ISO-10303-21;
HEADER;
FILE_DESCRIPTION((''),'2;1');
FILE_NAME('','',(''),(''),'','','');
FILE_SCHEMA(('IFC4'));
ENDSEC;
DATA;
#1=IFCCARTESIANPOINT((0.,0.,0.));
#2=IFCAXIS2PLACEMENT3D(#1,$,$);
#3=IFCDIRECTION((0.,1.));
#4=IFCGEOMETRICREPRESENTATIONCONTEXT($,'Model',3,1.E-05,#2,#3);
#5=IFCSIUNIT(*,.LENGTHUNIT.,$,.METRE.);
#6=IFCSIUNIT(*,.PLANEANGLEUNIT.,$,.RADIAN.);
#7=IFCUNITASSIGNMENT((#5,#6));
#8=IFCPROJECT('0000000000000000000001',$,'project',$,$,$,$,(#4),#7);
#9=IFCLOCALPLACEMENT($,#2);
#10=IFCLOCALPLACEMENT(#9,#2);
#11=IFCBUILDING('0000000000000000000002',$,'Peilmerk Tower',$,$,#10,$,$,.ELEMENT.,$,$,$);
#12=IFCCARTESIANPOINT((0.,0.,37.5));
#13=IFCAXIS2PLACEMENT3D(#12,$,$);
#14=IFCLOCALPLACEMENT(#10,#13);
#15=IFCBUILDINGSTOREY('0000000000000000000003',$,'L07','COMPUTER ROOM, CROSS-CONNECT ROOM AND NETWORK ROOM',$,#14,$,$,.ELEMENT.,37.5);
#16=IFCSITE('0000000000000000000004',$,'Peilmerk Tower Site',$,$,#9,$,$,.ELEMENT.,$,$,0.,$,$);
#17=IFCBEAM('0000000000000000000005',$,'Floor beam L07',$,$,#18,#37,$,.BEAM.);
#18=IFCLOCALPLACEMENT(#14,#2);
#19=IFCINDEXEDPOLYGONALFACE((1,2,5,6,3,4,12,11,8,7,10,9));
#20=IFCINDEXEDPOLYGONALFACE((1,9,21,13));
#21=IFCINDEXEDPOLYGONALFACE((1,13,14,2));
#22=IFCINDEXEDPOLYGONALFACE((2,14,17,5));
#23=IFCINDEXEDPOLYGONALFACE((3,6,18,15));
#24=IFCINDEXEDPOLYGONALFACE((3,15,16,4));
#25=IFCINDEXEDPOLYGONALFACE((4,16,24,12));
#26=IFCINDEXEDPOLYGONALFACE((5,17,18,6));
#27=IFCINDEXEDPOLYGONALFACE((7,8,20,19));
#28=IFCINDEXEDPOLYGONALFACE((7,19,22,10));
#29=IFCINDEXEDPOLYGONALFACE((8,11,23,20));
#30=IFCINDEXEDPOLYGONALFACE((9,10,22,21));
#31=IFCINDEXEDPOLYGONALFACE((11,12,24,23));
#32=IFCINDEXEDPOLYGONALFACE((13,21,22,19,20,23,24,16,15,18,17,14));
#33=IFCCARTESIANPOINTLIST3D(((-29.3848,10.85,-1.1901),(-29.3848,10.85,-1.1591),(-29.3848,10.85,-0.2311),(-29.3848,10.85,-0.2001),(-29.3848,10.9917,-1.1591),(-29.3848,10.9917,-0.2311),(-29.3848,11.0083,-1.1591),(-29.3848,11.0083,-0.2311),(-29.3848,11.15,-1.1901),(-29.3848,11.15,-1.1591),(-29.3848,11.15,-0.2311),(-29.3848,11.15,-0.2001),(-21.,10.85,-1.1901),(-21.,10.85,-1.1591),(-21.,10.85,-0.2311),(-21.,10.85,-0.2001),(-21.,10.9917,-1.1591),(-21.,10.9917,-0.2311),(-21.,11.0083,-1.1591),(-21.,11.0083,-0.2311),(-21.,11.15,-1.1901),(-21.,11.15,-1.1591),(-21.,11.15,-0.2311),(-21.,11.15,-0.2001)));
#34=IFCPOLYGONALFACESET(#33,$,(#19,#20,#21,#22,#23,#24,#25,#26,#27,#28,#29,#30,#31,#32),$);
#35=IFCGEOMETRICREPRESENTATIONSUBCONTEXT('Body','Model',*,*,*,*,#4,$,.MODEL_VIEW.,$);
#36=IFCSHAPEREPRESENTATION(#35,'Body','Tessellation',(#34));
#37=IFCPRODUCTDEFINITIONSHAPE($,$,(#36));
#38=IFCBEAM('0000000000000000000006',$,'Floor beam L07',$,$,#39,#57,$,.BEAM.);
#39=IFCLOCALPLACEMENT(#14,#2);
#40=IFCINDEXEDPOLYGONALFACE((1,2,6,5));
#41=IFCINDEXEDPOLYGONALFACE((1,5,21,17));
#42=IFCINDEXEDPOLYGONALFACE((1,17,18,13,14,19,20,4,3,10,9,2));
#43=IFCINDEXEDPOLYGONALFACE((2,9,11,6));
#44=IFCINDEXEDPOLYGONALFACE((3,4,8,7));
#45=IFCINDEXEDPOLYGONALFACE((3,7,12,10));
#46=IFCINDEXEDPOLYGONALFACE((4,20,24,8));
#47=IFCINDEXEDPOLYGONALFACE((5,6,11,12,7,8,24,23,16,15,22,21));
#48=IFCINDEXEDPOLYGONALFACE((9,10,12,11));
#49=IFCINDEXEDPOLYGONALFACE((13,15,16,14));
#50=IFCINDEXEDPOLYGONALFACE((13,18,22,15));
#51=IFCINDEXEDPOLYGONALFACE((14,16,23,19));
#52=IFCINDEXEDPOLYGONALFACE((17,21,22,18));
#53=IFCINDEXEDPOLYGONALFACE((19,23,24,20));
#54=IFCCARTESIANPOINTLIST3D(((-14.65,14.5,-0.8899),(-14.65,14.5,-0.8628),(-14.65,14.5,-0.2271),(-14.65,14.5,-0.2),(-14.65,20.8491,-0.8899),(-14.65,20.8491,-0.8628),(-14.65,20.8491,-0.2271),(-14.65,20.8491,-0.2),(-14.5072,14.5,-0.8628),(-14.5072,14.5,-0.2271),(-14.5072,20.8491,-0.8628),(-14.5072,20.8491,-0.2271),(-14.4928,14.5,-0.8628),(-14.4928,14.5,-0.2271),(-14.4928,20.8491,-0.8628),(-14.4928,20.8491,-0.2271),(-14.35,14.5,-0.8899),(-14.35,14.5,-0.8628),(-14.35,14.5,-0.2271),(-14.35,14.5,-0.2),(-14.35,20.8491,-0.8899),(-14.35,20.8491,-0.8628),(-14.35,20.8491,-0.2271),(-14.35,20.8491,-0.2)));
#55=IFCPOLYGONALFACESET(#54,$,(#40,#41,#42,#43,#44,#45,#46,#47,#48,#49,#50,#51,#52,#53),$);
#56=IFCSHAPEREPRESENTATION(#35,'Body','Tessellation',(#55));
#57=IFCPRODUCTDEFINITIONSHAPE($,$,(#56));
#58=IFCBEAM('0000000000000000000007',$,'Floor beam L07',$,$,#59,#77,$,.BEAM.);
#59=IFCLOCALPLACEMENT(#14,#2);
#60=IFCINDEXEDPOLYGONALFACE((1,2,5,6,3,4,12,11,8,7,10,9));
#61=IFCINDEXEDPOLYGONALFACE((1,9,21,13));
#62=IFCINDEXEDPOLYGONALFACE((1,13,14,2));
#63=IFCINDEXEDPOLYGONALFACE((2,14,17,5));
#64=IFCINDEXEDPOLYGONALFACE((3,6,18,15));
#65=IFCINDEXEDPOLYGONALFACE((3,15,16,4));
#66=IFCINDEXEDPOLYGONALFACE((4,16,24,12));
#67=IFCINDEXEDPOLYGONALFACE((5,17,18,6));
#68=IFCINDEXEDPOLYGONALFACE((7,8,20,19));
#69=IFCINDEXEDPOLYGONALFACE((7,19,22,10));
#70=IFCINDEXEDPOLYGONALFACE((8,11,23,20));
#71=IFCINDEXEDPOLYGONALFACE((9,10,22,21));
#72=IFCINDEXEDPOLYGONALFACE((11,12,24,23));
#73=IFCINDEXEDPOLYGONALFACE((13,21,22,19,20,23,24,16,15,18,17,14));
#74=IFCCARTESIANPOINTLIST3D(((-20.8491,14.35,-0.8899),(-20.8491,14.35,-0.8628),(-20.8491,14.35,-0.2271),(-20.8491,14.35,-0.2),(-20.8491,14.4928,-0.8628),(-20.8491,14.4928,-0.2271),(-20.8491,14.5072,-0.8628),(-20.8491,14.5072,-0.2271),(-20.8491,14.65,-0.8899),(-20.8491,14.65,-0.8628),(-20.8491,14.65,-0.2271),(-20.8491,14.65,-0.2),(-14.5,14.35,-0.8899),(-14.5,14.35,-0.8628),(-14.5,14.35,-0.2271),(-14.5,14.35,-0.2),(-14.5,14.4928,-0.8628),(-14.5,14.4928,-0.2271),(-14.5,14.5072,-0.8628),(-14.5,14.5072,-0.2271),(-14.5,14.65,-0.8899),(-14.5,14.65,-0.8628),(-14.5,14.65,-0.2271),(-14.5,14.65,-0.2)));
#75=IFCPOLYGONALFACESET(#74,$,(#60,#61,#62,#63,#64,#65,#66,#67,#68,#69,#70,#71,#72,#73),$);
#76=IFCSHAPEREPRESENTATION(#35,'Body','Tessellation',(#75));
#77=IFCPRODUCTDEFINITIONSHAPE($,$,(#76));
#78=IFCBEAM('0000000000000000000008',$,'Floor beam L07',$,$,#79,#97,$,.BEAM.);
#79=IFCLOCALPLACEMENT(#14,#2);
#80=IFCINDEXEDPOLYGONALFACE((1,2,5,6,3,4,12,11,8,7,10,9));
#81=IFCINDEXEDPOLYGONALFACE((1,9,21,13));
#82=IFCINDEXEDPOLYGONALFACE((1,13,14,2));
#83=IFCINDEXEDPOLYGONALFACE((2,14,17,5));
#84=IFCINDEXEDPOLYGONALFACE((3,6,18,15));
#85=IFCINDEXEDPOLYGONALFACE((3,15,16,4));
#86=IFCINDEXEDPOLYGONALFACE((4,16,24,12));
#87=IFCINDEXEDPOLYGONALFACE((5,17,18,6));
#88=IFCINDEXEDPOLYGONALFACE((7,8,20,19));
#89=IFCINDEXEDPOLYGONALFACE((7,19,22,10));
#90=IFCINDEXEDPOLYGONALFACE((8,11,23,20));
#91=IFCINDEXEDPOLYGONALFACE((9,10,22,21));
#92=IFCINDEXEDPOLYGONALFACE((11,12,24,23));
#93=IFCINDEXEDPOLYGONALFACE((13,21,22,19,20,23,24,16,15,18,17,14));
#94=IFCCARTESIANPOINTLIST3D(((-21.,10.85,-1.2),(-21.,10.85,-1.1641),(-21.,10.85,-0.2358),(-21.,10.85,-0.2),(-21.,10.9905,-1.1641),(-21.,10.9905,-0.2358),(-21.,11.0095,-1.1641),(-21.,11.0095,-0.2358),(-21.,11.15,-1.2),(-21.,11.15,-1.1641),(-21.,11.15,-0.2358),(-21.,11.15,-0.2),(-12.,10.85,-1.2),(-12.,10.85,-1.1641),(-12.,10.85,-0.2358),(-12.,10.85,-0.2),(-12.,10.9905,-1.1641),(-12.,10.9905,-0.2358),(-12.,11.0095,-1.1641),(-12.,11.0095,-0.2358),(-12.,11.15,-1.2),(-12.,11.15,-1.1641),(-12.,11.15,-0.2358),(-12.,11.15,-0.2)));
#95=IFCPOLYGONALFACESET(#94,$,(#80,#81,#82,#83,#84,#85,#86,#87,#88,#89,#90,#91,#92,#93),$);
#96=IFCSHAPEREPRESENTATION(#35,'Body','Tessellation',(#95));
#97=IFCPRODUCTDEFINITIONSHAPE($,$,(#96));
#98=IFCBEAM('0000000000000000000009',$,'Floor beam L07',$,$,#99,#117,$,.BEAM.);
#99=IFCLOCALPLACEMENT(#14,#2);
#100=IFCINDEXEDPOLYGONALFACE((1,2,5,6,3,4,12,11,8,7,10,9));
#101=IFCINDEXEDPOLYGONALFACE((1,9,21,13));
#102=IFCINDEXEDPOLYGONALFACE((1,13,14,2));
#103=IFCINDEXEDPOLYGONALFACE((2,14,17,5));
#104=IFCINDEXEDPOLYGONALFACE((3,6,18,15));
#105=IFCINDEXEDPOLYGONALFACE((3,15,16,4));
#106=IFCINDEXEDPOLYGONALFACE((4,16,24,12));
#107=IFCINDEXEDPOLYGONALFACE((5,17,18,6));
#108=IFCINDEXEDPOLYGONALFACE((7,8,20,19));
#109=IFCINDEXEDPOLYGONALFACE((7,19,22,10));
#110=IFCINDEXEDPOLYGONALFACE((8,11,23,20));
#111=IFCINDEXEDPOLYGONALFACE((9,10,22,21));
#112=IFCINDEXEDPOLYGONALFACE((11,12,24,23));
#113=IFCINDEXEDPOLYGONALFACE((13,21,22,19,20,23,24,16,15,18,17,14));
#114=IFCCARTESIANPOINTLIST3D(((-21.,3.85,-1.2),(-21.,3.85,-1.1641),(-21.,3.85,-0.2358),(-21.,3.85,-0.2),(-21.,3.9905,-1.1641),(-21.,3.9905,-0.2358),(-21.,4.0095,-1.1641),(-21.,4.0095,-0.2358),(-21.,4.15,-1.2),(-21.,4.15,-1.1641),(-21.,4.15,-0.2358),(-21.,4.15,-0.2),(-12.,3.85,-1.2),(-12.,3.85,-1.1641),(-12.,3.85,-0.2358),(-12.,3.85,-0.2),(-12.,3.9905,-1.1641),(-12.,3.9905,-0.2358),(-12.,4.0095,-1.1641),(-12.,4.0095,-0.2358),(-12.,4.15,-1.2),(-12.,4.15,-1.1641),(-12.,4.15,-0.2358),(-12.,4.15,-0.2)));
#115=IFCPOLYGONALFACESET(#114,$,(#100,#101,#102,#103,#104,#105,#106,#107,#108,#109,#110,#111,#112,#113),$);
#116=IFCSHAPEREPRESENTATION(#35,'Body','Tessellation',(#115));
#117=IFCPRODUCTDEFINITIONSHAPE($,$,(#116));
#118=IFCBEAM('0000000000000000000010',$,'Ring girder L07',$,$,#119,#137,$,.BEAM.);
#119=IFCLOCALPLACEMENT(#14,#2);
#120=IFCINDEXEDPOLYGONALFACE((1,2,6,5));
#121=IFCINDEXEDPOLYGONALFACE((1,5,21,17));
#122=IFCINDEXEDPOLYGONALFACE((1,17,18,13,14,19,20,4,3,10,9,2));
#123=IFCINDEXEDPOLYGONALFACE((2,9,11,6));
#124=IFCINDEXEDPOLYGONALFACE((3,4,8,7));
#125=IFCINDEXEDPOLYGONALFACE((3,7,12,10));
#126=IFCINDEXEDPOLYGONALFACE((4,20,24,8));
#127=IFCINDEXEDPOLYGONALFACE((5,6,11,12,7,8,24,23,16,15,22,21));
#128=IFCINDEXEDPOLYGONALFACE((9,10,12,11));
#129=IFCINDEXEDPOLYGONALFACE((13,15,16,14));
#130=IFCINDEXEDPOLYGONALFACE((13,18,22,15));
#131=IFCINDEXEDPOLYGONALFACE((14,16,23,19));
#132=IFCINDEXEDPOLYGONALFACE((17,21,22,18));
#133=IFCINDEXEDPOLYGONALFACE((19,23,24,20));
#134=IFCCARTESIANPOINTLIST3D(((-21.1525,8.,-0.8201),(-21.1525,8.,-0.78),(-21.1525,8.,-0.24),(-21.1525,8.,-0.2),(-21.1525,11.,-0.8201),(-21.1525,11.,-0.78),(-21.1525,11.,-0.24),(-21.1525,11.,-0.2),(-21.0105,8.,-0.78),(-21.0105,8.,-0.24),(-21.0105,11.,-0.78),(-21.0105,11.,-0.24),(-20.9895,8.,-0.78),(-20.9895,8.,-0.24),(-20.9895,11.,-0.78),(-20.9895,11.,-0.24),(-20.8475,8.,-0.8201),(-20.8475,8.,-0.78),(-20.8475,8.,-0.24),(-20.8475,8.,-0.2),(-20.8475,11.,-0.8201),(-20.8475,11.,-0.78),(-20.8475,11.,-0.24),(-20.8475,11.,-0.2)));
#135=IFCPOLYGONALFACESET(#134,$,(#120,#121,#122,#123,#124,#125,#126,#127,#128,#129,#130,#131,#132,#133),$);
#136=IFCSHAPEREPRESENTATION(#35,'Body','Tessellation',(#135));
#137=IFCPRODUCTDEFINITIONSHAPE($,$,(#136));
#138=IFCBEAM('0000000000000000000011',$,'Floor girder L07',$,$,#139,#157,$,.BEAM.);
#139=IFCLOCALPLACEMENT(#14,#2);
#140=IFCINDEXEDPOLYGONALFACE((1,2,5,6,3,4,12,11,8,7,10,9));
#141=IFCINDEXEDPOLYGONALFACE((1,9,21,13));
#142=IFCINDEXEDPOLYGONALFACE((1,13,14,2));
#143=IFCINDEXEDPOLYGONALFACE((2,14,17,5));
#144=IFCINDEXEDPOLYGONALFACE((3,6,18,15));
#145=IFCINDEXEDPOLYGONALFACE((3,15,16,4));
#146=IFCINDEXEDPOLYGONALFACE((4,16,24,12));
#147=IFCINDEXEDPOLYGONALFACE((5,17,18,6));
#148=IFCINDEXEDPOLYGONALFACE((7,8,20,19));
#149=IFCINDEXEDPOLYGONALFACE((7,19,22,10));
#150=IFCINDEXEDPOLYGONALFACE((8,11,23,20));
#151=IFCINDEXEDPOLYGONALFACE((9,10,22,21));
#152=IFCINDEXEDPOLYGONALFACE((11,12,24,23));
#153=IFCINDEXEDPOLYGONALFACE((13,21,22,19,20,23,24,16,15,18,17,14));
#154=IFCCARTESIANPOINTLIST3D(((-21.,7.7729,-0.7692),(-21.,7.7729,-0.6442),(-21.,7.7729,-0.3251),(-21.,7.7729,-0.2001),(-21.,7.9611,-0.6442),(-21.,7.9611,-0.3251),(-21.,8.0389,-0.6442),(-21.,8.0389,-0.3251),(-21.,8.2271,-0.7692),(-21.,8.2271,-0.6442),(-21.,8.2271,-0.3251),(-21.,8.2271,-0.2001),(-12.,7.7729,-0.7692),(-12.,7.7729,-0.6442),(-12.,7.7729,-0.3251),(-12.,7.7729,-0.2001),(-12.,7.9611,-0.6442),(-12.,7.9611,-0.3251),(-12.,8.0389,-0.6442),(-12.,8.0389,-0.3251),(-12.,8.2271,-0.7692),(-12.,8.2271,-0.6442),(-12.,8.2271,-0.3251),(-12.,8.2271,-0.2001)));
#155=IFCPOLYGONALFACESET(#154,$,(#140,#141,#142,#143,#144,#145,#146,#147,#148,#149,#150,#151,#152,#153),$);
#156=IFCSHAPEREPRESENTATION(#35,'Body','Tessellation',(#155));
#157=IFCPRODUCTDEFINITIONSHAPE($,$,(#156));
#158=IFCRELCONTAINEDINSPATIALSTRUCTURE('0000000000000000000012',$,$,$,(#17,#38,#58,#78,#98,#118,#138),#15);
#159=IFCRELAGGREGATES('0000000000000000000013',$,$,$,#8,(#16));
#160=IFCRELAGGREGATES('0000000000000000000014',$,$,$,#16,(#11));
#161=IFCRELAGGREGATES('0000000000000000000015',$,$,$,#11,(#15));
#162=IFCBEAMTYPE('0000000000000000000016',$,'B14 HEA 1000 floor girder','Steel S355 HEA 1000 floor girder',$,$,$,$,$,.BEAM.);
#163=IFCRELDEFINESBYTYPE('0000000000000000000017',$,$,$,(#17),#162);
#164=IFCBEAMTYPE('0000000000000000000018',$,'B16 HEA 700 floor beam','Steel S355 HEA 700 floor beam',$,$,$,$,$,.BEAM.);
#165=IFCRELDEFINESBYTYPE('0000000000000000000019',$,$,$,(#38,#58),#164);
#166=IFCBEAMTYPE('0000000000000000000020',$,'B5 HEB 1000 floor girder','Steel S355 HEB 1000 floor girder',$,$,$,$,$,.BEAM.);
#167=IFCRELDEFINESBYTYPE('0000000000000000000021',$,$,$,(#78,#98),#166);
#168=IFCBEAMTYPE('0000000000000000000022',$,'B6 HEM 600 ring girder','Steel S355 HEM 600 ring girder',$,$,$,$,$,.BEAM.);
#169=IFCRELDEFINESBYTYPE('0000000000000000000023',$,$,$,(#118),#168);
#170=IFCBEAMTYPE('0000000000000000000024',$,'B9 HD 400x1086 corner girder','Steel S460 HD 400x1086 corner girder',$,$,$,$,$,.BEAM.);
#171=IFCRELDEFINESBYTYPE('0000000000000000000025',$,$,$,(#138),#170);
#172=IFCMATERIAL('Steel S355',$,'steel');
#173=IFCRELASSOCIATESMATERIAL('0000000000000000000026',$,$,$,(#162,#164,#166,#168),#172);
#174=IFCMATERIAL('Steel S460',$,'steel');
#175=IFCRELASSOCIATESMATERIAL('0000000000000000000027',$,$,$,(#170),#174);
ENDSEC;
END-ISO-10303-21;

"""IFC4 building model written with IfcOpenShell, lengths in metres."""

from ifc_helpers import new_model, si_unit, direction, frame, origin, origin_2d, place, context, subcontext, project, spatial, i_section, extrude, material, material_profile, profile_set, type_object, element, save


model = new_model("IFC4")

# Units and contexts
model_context = context("Model", 3, precision=1e-05, world=origin(), true_north=direction((0.0, 1.0)))
body_context = subcontext(model_context, "Body", "Model", "MODEL_VIEW")
ifc_project = project(units=[si_unit("LENGTHUNIT", "METRE"), si_unit("PLANEANGLEUNIT", "RADIAN")], contexts=[model_context])

# Site, building, storey
site_placement = place(None, origin())
site = spatial("IfcSite", under=ifc_project, at=site_placement, Name="Peilmerk Tower Site", CompositionType="ELEMENT", RefElevation=0.0)
building_placement = place(site_placement, origin())
building = spatial("IfcBuilding", under=site, at=building_placement, Name="Peilmerk Tower", CompositionType="ELEMENT")
storey_placement = place(building_placement, frame((0.0, 0.0, 37.5)))
storey = spatial("IfcBuildingStorey", under=building, at=storey_placement, Name="L07", Description="COMPUTER ROOM, CROSS-CONNECT ROOM AND NETWORK ROOM", CompositionType="ELEMENT", Elevation=37.5)

# Beams
ifc_material_1 = material(Name="Steel S355", Category="steel")
ifc_material_profile_1 = material_profile(ifc_material_1, i_section(OverallWidth=0.3, OverallDepth=0.99, WebThickness=0.0166, FlangeThickness=0.031, at=origin_2d()), Name="HEA 1000")
ifc_profile_set_1 = profile_set([ifc_material_profile_1], Name="Steel S355")
beam_type_1 = type_object("IfcBeamType", Name="B14 HEA 1000 floor girder", Description="Steel S355 HEA 1000 floor girder", PredefinedType="BEAM", material=ifc_profile_set_1)
beam_1_placement = place(storey_placement, frame((-21.0, 11.0, -0.6951), z_axis=(-1.0, 0.0, 0.0), x_axis=(0.0, -1.0, 0.0)))
element("IfcBeam", 1, at=beam_1_placement, inside=storey, type_object=beam_type_1, Name="Floor beam L07", PredefinedType="BEAM", context=body_context, shape_type="SweptSolid", body=[
    extrude(i_section(OverallWidth=0.3, OverallDepth=0.99, WebThickness=0.0166, FlangeThickness=0.031, at=origin_2d()), origin(), (0.0, 0.0, 1.0), 8.3848),
])
ifc_material_profile_2 = material_profile(ifc_material_1, i_section(OverallWidth=0.3, OverallDepth=0.6899, WebThickness=0.0144, FlangeThickness=0.0271, at=origin_2d()), Name="HEA 700")
ifc_profile_set_2 = profile_set([ifc_material_profile_2], Name="Steel S355")
beam_type_2 = type_object("IfcBeamType", Name="B16 HEA 700 floor beam", Description="Steel S355 HEA 700 floor beam", PredefinedType="BEAM", material=ifc_profile_set_2)
for number, where, z_axis, x_axis, name in (
    (2, (-14.5, 14.5, -0.5449), (0.0, 1.0, 0.0), (-1.0, 0.0, 0.0), "Floor beam L07"),
    (3, (-14.5, 14.5, -0.5449), (-1.0, 0.0, 0.0), (0.0, -1.0, 0.0), "Floor beam L07"),
):
    element("IfcBeam", number, at=place(storey_placement, frame(where, z_axis=z_axis, x_axis=x_axis)), inside=storey, type_object=beam_type_2, Name=name, PredefinedType="BEAM", context=body_context, shape_type="SweptSolid", body=[
        extrude(i_section(OverallWidth=0.3, OverallDepth=0.6899, WebThickness=0.0144, FlangeThickness=0.0271, at=origin_2d()), origin(), (0.0, 0.0, 1.0), 6.3491),
    ])
ifc_material_profile_3 = material_profile(ifc_material_1, i_section(OverallWidth=0.3, OverallDepth=1.0, WebThickness=0.019, FlangeThickness=0.0359, at=origin_2d()), Name="HEB 1000")
ifc_profile_set_3 = profile_set([ifc_material_profile_3], Name="Steel S355")
beam_type_3 = type_object("IfcBeamType", Name="B5 HEB 1000 floor girder", Description="Steel S355 HEB 1000 floor girder", PredefinedType="BEAM", material=ifc_profile_set_3)
for number, where, z_axis, x_axis, name in (
    (4, (-12.0, 11.0, -0.7), (-1.0, 0.0, 0.0), (0.0, -1.0, 0.0), "Floor beam L07"),
    (5, (-12.0, 4.0, -0.7), (-1.0, 0.0, 0.0), (0.0, -1.0, 0.0), "Floor beam L07"),
):
    element("IfcBeam", number, at=place(storey_placement, frame(where, z_axis=z_axis, x_axis=x_axis)), inside=storey, type_object=beam_type_3, Name=name, PredefinedType="BEAM", context=body_context, shape_type="SweptSolid", body=[
        extrude(i_section(OverallWidth=0.3, OverallDepth=1.0, WebThickness=0.019, FlangeThickness=0.0359, at=origin_2d()), origin(), (0.0, 0.0, 1.0), 9.0),
    ])
ifc_material_profile_4 = material_profile(ifc_material_1, i_section(OverallWidth=0.3049, OverallDepth=0.6201, WebThickness=0.021, FlangeThickness=0.04, at=origin_2d()), Name="HEM 600")
ifc_profile_set_4 = profile_set([ifc_material_profile_4], Name="Steel S355")
beam_type_4 = type_object("IfcBeamType", Name="B6 HEM 600 ring girder", Description="Steel S355 HEM 600 ring girder", PredefinedType="BEAM", material=ifc_profile_set_4)
beam_2_placement = place(storey_placement, frame((-21.0, 11.0, -0.51), z_axis=(0.0, -1.0, 0.0), x_axis=(1.0, 0.0, 0.0)))
element("IfcBeam", 6, at=beam_2_placement, inside=storey, type_object=beam_type_4, Name="Ring girder L07", PredefinedType="BEAM", context=body_context, shape_type="SweptSolid", body=[
    extrude(i_section(OverallWidth=0.3049, OverallDepth=0.6201, WebThickness=0.021, FlangeThickness=0.04, at=origin_2d()), origin(), (0.0, 0.0, 1.0), 3.0),
])
ifc_material_2 = material(Name="Steel S460", Category="steel")
ifc_material_profile_5 = material_profile(ifc_material_2, i_section(OverallWidth=0.4541, OverallDepth=0.5691, WebThickness=0.0779, FlangeThickness=0.125, at=origin_2d()), Name="HD 400x1086")
ifc_profile_set_5 = profile_set([ifc_material_profile_5], Name="Steel S460")
beam_type_5 = type_object("IfcBeamType", Name="B9 HD 400x1086 corner girder", Description="Steel S460 HD 400x1086 corner girder", PredefinedType="BEAM", material=ifc_profile_set_5)
beam_3_placement = place(storey_placement, frame((-12.0, 8.0, -0.4846), z_axis=(-1.0, 0.0, 0.0), x_axis=(0.0, -1.0, 0.0)))
element("IfcBeam", 7, at=beam_3_placement, inside=storey, type_object=beam_type_5, Name="Floor girder L07", PredefinedType="BEAM", context=body_context, shape_type="SweptSolid", body=[
    extrude(i_section(OverallWidth=0.4541, OverallDepth=0.5691, WebThickness=0.0779, FlangeThickness=0.125, at=origin_2d()), origin(), (0.0, 0.0, 1.0), 9.0),
])

save(model, "model.ifc")
